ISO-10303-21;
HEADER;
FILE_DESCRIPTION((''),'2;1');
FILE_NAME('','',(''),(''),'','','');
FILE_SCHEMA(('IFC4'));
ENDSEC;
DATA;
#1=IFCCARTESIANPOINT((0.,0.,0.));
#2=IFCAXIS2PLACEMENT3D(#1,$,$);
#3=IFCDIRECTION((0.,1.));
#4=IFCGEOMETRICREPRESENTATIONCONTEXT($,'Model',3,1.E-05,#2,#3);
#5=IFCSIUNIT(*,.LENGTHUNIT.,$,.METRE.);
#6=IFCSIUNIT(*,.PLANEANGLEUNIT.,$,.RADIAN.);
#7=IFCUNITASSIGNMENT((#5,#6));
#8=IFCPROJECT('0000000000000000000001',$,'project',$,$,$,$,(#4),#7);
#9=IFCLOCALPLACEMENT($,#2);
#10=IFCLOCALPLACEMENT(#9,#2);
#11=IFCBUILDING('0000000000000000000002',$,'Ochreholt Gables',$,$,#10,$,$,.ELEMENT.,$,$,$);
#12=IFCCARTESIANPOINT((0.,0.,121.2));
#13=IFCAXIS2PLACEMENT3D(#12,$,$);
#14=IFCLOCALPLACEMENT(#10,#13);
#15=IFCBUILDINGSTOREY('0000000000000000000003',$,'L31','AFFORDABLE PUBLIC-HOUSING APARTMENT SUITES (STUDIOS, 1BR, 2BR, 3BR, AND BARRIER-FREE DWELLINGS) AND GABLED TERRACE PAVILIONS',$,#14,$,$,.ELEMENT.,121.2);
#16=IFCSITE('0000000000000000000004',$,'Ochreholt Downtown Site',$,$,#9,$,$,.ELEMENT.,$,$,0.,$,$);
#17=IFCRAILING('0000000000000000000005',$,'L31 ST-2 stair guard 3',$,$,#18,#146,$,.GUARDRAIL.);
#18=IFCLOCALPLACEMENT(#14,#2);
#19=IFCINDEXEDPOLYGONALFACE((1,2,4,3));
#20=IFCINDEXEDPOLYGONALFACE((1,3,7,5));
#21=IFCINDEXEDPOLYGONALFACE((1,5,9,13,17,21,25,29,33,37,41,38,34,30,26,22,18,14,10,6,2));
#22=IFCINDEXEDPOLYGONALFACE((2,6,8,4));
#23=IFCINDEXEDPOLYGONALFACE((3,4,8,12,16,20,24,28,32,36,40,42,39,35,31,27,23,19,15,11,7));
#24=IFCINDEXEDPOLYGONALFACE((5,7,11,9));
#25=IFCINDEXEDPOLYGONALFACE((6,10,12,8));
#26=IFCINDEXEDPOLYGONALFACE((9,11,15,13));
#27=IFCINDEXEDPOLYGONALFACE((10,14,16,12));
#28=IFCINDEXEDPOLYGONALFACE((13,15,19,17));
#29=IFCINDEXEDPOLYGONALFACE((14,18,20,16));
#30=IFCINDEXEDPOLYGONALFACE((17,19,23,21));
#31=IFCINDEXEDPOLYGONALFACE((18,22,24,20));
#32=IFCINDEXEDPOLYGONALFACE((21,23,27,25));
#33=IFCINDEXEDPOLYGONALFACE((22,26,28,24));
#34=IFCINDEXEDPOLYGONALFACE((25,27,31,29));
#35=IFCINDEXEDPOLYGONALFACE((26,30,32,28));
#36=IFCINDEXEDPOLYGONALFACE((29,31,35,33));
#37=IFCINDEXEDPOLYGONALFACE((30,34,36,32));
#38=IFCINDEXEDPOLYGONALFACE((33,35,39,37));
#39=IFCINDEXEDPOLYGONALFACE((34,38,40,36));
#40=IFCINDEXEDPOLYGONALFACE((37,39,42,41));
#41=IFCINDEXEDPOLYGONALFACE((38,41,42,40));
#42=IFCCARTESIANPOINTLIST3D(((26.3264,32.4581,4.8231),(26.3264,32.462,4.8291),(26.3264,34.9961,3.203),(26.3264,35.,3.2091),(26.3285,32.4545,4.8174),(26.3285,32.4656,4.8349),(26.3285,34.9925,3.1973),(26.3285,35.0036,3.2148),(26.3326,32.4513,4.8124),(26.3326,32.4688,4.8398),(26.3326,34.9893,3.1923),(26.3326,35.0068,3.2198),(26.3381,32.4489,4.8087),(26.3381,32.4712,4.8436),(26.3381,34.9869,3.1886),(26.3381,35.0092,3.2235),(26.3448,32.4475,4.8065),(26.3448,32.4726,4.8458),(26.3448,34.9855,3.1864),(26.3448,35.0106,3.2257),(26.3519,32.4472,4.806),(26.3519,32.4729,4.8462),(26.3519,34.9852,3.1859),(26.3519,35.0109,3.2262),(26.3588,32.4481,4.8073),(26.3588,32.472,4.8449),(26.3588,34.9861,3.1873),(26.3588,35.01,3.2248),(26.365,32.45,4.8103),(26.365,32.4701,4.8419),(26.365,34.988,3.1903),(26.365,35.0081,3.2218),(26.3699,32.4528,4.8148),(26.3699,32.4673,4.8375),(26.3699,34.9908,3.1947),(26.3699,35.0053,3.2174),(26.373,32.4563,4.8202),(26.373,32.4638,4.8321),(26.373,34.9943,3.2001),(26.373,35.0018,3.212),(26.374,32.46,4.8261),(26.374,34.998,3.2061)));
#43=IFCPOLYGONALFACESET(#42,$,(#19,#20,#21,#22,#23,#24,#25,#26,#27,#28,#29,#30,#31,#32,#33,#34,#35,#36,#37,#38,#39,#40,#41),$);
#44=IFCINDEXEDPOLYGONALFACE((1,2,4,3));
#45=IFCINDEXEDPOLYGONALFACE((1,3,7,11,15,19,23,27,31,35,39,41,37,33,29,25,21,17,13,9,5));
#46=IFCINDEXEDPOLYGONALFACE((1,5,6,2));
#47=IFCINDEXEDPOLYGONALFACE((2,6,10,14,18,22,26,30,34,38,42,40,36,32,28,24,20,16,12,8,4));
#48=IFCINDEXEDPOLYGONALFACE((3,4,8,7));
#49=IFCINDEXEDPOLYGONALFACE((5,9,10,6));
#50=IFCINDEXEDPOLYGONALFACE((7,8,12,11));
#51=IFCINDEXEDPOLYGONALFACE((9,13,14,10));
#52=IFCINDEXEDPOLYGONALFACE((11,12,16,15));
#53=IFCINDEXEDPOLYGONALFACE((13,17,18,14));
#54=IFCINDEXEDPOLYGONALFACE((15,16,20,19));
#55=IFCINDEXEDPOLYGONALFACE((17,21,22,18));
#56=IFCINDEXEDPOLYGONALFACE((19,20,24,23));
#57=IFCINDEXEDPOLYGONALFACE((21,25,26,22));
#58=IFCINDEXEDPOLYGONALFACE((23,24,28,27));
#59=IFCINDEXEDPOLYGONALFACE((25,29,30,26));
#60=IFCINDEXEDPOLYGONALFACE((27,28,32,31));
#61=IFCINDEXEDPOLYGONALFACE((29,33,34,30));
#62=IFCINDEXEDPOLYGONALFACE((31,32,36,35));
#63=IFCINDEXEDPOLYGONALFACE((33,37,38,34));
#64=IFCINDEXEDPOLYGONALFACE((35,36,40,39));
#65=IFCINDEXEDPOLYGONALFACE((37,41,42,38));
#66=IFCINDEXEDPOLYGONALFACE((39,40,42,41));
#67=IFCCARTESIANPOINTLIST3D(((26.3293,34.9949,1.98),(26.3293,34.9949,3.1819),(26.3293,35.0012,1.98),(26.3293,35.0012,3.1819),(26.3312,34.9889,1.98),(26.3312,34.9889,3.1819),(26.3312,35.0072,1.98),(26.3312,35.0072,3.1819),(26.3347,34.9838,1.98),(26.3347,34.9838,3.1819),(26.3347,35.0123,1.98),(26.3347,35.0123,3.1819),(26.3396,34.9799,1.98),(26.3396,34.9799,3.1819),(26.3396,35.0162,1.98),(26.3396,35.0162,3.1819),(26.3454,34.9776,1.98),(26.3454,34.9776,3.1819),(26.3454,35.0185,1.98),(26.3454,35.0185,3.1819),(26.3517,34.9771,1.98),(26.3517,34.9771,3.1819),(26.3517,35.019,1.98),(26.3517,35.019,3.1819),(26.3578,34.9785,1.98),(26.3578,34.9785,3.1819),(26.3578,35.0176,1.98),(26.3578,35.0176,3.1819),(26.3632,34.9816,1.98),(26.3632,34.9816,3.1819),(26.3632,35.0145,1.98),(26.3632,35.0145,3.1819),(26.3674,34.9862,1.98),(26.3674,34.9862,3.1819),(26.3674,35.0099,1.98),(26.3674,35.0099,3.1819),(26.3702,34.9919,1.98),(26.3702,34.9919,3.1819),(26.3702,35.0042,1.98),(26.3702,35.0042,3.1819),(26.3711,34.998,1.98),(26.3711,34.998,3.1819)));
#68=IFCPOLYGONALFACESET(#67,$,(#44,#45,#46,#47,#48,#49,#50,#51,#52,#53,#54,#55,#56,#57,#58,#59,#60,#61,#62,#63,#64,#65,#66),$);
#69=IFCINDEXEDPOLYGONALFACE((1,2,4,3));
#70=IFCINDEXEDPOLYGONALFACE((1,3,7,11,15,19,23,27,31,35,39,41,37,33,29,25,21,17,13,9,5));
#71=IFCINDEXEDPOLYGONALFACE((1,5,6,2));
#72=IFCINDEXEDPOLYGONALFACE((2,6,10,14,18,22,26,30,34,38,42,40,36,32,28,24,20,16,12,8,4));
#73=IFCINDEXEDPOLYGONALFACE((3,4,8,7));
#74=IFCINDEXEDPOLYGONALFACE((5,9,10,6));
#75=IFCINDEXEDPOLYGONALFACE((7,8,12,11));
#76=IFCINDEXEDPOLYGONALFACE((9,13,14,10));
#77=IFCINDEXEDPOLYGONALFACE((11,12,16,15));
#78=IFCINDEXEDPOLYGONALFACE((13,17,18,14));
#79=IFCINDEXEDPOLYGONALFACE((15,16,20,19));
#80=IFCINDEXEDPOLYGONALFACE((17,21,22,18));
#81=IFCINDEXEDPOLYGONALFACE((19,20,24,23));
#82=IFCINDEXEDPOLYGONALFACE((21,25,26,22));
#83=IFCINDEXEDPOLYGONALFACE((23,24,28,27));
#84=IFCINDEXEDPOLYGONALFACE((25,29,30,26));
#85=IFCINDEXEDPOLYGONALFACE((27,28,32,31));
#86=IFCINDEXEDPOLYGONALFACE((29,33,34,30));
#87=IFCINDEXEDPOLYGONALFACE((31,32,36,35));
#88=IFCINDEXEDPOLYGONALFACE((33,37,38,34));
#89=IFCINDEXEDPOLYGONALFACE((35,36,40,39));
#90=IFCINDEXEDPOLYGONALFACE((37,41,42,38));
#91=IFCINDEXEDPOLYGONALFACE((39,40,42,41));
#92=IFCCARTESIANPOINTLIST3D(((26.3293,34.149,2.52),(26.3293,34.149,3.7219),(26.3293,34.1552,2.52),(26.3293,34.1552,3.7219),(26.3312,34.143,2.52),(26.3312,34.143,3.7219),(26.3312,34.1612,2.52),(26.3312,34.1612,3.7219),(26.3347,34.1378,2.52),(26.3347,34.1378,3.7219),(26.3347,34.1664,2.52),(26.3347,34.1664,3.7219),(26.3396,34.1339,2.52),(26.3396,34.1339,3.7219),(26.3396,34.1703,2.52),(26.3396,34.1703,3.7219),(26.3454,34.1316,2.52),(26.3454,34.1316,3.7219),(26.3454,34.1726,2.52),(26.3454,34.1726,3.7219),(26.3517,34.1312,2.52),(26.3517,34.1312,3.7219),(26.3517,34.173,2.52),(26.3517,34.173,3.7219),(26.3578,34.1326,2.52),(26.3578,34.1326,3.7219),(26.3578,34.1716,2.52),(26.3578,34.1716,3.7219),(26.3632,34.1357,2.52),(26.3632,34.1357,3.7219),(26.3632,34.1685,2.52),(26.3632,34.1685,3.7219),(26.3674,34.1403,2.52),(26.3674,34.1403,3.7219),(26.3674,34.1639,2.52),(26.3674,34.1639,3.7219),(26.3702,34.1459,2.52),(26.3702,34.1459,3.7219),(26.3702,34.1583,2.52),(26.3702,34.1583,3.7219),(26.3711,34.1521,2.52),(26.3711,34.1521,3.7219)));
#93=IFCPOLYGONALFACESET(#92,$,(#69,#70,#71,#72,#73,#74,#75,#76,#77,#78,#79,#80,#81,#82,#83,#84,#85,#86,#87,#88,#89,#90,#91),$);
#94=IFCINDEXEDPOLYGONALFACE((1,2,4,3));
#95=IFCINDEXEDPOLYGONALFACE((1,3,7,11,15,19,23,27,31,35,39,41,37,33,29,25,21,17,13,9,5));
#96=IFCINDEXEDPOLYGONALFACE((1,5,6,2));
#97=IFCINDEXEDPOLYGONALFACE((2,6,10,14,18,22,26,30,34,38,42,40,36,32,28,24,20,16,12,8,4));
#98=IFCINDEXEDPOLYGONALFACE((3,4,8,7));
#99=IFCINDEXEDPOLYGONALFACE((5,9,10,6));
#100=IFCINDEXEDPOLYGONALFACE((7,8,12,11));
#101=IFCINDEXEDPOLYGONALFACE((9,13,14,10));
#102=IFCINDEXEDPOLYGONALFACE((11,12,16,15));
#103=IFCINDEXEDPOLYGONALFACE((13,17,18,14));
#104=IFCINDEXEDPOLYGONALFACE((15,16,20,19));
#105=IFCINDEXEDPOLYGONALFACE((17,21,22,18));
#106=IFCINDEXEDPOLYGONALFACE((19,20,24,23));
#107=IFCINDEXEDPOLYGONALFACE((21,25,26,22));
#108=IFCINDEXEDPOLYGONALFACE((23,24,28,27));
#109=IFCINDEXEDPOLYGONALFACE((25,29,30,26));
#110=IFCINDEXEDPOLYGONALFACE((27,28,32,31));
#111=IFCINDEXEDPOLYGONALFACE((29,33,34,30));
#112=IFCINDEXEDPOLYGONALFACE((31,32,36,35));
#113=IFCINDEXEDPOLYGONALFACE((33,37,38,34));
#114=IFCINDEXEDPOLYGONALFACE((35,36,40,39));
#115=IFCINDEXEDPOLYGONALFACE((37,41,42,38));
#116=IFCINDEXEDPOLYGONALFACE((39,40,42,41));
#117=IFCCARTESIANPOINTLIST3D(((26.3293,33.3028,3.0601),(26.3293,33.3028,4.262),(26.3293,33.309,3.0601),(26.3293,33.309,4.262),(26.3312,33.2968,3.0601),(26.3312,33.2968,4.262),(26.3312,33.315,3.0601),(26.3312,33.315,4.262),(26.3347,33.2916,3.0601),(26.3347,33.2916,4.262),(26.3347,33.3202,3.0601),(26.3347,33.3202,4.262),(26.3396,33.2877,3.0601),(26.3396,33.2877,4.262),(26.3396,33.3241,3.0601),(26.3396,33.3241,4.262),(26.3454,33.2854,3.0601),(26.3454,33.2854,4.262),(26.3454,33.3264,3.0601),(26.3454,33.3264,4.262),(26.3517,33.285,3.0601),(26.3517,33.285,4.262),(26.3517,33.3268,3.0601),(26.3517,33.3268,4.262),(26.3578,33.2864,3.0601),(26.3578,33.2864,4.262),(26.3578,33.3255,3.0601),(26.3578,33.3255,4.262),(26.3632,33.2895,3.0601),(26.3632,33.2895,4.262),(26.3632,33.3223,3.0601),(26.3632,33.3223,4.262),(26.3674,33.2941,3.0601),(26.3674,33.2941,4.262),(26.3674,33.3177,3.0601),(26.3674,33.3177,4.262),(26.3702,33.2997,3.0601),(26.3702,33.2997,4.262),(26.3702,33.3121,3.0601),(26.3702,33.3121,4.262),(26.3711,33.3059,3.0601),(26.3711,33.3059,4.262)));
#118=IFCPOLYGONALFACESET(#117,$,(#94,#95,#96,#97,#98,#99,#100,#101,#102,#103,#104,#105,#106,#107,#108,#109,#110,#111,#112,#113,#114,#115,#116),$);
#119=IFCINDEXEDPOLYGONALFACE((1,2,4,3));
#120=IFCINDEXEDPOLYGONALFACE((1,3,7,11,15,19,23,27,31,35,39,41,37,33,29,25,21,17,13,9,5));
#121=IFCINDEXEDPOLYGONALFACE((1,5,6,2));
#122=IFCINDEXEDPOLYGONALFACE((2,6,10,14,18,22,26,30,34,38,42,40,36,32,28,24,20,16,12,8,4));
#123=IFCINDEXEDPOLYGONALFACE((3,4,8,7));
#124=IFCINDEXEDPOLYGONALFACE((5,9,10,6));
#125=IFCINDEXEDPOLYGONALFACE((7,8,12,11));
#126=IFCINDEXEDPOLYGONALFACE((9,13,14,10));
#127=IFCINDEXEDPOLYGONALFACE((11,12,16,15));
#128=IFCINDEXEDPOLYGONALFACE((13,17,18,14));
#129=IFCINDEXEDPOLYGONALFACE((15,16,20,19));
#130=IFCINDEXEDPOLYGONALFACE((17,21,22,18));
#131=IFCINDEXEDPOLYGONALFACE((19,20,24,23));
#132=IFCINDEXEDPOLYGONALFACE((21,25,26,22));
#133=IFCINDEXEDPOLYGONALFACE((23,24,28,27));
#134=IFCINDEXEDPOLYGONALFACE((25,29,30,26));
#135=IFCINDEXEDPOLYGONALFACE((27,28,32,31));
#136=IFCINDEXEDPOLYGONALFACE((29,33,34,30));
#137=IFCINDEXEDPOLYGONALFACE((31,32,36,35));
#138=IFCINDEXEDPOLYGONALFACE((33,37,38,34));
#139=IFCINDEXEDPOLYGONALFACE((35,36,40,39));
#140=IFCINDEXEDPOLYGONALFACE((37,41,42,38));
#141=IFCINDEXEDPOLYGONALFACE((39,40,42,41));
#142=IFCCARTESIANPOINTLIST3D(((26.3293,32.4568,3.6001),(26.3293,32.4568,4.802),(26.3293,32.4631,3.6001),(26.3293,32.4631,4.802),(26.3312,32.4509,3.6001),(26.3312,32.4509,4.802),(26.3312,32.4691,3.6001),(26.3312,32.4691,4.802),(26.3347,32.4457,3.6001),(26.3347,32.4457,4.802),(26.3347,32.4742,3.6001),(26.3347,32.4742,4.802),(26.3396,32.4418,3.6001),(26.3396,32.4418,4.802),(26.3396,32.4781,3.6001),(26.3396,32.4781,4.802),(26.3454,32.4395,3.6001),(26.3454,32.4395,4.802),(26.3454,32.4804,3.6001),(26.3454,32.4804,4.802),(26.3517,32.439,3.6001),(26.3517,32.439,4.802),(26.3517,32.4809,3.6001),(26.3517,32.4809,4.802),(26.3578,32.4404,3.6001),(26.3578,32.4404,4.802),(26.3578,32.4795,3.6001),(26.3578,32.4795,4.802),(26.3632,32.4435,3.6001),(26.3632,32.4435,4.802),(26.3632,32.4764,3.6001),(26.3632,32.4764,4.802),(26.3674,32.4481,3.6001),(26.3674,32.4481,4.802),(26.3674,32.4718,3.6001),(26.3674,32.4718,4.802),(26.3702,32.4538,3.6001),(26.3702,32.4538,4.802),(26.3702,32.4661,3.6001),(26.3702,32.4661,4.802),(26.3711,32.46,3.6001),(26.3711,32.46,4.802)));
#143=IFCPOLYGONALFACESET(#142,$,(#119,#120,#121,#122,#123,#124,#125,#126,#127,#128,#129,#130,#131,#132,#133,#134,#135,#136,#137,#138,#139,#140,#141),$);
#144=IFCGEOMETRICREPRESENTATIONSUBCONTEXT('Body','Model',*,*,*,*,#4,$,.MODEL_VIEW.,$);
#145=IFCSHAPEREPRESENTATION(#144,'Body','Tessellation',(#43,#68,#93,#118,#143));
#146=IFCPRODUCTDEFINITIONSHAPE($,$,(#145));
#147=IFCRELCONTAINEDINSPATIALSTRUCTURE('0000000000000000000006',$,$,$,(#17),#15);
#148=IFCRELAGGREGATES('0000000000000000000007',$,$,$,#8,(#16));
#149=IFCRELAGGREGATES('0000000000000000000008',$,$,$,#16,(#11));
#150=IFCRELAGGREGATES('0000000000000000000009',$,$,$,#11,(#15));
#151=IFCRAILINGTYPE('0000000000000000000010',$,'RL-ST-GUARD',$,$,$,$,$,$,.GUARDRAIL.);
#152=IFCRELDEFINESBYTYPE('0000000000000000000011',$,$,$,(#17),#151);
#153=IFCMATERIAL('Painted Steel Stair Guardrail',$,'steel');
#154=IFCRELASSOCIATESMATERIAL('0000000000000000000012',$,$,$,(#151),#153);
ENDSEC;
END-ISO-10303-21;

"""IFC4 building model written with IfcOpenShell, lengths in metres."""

from ifc_helpers import new_model, si_unit, direction, frame, origin, origin_2d, place, context, subcontext, project, spatial, circle, extrude, material, type_object, element, save


model = new_model("IFC4")

# Units and contexts
model_context = context("Model", 3, precision=1e-05, world=origin(), true_north=direction((0.0, 1.0)))
body_context = subcontext(model_context, "Body", "Model", "MODEL_VIEW")
ifc_project = project(units=[si_unit("LENGTHUNIT", "METRE"), si_unit("PLANEANGLEUNIT", "RADIAN")], contexts=[model_context])

# Site, building, storey
site_placement = place(None, origin())
site = spatial("IfcSite", under=ifc_project, at=site_placement, Name="Ochreholt Downtown Site", CompositionType="ELEMENT", RefElevation=0.0)
building_placement = place(site_placement, origin())
building = spatial("IfcBuilding", under=site, at=building_placement, Name="Ochreholt Gables", CompositionType="ELEMENT")
storey_placement = place(building_placement, frame((0.0, 0.0, 121.2)))
storey = spatial("IfcBuildingStorey", under=building, at=storey_placement, Name="L31", Description="AFFORDABLE PUBLIC-HOUSING APARTMENT SUITES (STUDIOS, 1BR, 2BR, 3BR, AND BARRIER-FREE DWELLINGS) AND GABLED TERRACE PAVILIONS", CompositionType="ELEMENT", Elevation=121.2)

# Railing
ifc_material_1 = material(Name="Painted Steel Stair Guardrail", Category="steel")
railing_type_1 = type_object("IfcRailingType", Name="RL-ST-GUARD", PredefinedType="GUARDRAIL", material=ifc_material_1)
railing_1_placement = place(storey_placement, frame((26.3501, 34.998, 1.98)))
element("IfcRailing", 1, at=railing_1_placement, inside=storey, type_object=railing_type_1, Name="L31 ST-2 stair guard 3", PredefinedType="GUARDRAIL", context=body_context, shape_type="SweptSolid", body=[
    extrude(circle(Radius=0.0239, at=origin_2d()), frame((0.0, 0.0, 1.2261), z_axis=(0.0, -0.842913, 0.53805), x_axis=(1.0, 0.0, 0.0)), (0.0, 0.0, 1.0), 3.011),
    extrude(circle(Radius=0.021, at=origin_2d()), origin(), (0.0, 0.0, 1.0), 1.2019),
    extrude(circle(Radius=0.021, at=origin_2d()), frame((0.0, -0.8459, 0.54)), (0.0, 0.0, 1.0), 1.2019),
    extrude(circle(Radius=0.021, at=origin_2d()), frame((0.0, -1.6921, 1.0801)), (0.0, 0.0, 1.0), 1.2019),
    extrude(circle(Radius=0.021, at=origin_2d()), frame((0.0, -2.5381, 1.6201)), (0.0, 0.0, 1.0), 1.2019),
])

save(model, "model.ifc")
